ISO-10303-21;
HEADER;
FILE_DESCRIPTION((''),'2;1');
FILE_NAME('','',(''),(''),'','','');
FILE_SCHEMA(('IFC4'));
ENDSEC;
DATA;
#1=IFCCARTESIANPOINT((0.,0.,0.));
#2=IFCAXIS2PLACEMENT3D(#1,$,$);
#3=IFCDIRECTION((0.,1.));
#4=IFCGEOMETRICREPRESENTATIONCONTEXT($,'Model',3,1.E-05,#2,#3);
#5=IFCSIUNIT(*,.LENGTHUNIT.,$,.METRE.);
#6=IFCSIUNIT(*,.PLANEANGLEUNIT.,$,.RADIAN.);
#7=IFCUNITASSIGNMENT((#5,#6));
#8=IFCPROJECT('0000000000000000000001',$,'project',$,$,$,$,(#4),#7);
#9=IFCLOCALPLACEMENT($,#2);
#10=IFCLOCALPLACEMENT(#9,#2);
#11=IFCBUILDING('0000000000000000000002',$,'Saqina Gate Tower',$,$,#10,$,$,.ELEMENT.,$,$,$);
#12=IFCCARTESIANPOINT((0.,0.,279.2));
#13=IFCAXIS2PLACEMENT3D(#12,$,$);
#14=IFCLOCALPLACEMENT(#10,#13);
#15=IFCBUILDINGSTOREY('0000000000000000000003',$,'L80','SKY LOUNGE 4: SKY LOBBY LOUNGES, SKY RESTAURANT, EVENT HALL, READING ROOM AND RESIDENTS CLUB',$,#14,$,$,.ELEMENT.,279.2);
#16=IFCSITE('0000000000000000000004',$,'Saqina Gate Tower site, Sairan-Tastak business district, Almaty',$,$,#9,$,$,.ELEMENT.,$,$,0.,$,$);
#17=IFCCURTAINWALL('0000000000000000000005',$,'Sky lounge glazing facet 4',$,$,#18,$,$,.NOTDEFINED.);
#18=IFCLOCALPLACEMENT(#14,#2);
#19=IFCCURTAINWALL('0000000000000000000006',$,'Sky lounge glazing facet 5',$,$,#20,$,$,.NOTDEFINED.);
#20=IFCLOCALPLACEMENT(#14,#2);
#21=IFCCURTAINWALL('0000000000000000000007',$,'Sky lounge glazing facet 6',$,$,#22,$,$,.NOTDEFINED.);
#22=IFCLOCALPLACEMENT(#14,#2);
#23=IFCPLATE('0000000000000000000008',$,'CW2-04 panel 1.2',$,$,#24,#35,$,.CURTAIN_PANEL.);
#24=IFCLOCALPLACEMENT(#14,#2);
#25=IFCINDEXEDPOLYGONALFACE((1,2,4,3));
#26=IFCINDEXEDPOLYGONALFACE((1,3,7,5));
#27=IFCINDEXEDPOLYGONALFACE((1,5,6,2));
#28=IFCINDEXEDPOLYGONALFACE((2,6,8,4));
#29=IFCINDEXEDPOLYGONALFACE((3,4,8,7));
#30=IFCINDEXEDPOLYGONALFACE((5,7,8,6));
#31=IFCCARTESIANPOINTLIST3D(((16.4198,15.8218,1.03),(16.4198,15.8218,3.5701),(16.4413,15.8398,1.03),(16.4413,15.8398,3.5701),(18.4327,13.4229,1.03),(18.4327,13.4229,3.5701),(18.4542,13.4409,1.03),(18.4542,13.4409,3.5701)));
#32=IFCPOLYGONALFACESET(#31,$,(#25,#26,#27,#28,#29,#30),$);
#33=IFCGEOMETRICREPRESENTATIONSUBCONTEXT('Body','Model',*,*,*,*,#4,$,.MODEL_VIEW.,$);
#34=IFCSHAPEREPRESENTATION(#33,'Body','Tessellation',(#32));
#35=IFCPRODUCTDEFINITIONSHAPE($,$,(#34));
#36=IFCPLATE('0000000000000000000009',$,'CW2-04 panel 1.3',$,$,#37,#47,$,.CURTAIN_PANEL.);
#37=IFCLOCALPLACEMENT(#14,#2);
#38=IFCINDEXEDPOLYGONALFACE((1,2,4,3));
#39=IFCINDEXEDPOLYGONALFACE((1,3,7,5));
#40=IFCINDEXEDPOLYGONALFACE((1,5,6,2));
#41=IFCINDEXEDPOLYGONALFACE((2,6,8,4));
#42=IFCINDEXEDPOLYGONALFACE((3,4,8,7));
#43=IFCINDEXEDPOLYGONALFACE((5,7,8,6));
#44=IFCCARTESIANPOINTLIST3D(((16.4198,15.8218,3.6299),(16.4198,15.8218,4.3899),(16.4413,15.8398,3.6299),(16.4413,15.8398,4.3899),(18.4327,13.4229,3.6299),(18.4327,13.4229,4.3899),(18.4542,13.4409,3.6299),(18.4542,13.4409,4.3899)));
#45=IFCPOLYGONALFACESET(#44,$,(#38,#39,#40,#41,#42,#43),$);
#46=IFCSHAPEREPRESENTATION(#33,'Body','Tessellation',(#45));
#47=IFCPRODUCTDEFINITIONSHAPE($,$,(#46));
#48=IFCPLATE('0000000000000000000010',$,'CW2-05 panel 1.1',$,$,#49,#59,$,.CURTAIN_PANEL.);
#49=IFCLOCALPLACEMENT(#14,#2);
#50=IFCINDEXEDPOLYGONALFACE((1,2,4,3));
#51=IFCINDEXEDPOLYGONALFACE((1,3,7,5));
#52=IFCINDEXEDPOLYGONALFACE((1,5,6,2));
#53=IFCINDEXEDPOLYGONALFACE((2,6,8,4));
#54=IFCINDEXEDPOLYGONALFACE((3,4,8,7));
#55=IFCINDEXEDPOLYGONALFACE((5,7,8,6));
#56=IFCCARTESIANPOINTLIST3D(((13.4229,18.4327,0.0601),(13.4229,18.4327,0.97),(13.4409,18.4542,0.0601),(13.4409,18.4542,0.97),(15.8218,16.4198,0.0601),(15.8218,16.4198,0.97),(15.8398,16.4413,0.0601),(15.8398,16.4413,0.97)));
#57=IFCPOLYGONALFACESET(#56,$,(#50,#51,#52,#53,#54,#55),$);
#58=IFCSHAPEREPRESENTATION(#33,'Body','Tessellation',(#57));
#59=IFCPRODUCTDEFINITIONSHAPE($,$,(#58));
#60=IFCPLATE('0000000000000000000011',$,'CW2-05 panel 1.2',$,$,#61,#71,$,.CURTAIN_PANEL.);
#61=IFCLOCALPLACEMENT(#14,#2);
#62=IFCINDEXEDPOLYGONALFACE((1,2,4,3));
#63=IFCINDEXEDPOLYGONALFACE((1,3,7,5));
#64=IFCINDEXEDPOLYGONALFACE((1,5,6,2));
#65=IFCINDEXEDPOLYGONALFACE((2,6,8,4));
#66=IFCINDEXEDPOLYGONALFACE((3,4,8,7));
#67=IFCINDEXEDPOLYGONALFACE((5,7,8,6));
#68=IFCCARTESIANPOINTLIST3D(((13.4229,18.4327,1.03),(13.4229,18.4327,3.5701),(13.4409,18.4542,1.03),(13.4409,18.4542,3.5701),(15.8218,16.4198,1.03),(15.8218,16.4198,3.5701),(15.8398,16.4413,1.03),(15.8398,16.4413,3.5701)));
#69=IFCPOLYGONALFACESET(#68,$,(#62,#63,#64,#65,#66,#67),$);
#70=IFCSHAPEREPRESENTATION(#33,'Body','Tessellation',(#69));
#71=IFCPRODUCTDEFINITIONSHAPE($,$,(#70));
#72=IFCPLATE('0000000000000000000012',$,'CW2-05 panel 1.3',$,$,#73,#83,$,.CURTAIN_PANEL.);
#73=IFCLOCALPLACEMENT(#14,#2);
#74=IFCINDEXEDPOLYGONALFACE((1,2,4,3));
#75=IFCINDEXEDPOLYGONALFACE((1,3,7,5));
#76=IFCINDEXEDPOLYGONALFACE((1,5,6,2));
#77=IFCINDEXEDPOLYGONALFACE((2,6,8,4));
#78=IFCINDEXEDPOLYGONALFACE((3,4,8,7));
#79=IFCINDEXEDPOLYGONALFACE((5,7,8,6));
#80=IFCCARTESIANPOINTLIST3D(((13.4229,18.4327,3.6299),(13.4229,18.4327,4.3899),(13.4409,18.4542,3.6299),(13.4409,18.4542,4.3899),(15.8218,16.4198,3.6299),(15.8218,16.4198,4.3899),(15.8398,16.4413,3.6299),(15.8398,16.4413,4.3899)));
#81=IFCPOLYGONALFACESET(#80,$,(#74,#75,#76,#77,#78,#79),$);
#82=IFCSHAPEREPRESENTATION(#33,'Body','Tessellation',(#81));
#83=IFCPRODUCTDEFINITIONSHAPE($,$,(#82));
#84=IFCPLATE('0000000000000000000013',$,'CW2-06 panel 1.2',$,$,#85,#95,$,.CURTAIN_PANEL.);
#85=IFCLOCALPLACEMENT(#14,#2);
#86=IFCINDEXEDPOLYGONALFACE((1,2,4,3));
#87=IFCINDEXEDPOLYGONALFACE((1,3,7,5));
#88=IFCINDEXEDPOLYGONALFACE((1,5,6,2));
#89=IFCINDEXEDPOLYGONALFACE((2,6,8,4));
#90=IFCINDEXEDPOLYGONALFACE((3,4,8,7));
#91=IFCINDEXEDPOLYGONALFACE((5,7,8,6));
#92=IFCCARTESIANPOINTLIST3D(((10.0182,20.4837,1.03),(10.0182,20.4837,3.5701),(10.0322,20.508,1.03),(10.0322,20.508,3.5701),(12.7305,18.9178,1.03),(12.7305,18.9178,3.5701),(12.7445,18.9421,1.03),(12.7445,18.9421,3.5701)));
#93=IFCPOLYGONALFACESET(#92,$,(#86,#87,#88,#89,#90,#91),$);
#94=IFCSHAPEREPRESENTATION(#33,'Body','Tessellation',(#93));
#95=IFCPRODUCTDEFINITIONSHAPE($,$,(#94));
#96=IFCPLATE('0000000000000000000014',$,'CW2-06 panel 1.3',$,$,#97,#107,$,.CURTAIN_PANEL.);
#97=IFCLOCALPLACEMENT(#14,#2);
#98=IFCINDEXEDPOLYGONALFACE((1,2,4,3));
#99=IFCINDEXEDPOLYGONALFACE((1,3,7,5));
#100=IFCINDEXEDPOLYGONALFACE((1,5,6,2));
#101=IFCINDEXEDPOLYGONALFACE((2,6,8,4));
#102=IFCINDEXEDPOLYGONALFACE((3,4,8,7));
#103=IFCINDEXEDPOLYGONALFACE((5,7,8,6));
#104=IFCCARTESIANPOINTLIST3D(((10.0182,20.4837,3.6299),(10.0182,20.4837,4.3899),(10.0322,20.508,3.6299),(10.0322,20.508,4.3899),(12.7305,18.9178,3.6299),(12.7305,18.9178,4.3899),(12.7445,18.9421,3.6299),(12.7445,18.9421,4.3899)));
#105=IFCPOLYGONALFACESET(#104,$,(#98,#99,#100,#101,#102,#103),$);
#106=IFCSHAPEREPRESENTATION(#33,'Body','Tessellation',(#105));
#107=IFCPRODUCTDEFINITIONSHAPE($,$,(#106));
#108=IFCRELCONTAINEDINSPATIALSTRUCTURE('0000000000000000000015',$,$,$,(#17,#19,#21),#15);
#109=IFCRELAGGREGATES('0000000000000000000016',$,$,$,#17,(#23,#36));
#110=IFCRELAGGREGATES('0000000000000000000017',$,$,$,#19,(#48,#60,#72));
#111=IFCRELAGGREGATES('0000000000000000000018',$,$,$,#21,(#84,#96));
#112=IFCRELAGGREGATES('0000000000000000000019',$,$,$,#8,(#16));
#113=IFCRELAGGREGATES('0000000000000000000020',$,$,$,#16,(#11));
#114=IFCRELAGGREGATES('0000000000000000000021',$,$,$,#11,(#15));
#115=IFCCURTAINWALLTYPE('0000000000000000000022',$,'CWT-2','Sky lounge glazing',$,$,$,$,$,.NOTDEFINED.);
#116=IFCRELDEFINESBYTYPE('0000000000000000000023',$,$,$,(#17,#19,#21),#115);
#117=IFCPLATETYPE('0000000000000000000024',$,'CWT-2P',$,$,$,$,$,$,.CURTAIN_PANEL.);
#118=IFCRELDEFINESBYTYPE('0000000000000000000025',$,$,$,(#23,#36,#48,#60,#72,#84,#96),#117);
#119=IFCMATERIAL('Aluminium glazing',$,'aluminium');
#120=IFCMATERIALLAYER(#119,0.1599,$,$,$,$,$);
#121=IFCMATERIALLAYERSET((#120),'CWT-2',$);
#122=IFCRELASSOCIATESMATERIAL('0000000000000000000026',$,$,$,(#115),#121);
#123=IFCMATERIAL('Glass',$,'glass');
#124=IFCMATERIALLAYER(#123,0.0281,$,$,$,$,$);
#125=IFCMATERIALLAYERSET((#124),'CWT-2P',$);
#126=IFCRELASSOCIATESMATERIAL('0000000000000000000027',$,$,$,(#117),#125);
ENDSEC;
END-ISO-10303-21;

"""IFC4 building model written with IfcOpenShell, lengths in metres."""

from ifc_helpers import new_model, si_unit, direction, frame, origin, origin_2d, place, context, subcontext, project, spatial, rectangle, extrude, material, layer, layer_set, type_object, element, aggregate, save


model = new_model("IFC4")

# Units and contexts
model_context = context("Model", 3, precision=1e-05, world=origin(), true_north=direction((0.0, 1.0)))
body_context = subcontext(model_context, "Body", "Model", "MODEL_VIEW")
ifc_project = project(units=[si_unit("LENGTHUNIT", "METRE"), si_unit("PLANEANGLEUNIT", "RADIAN")], contexts=[model_context])

# Site, building, storey
site_placement = place(None, origin())
site = spatial("IfcSite", under=ifc_project, at=site_placement, Name="Saqina Gate Tower site, Sairan-Tastak business district, Almaty", CompositionType="ELEMENT", RefElevation=0.0)
building_placement = place(site_placement, origin())
building = spatial("IfcBuilding", under=site, at=building_placement, Name="Saqina Gate Tower", CompositionType="ELEMENT")
storey_placement = place(building_placement, frame((0.0, 0.0, 279.2)))
storey = spatial("IfcBuildingStorey", under=building, at=storey_placement, Name="L80", Description="SKY LOUNGE 4: SKY LOBBY LOUNGES, SKY RESTAURANT, EVENT HALL, READING ROOM AND RESIDENTS CLUB", CompositionType="ELEMENT", Elevation=279.2)

# Curtain wall
ifc_material_1 = material(Name="Aluminium glazing", Category="aluminium")
ifc_layer_1 = layer(ifc_material_1, 0.1599)
ifc_layer_set_1 = layer_set([ifc_layer_1], Name="CWT-2")
curtain_wall_type = type_object("IfcCurtainWallType", Name="CWT-2", Description="Sky lounge glazing", PredefinedType="NOTDEFINED", material=ifc_layer_set_1)
curtain_wall_1_placement = place(storey_placement, origin())
curtain_wall_1 = element("IfcCurtainWall", 1, at=curtain_wall_1_placement, inside=storey, type_object=curtain_wall_type, Name="Sky lounge glazing facet 4", PredefinedType="NOTDEFINED")

# Curtain wall
curtain_wall_2_placement = place(storey_placement, origin())
curtain_wall_2 = element("IfcCurtainWall", 2, at=curtain_wall_2_placement, inside=storey, type_object=curtain_wall_type, Name="Sky lounge glazing facet 5", PredefinedType="NOTDEFINED")

# Curtain wall
curtain_wall_3_placement = place(storey_placement, origin())
curtain_wall_3 = element("IfcCurtainWall", 3, at=curtain_wall_3_placement, inside=storey, type_object=curtain_wall_type, Name="Sky lounge glazing facet 6", PredefinedType="NOTDEFINED")

# Plates
ifc_material_2 = material(Name="Glass", Category="glass")
ifc_layer_2 = layer(ifc_material_2, 0.0281)
ifc_layer_set_2 = layer_set([ifc_layer_2], Name="CWT-2P")
plate_type = type_object("IfcPlateType", Name="CWT-2P", PredefinedType="CURTAIN_PANEL", material=ifc_layer_set_2)
plate_1_placement = place(storey_placement, frame((17.437, 14.6313, 1.03), z_axis=(0.0, 0.0, 1.0), x_axis=(-0.642785, 0.766046, 0.0)))
plate_1 = element("IfcPlate", 4, at=plate_1_placement, type_object=plate_type, Name="CW2-04 panel 1.2", PredefinedType="CURTAIN_PANEL", context=body_context, shape_type="SweptSolid", body=[
    extrude(rectangle(XDim=3.1316, YDim=0.0281, at=origin_2d()), origin(), (0.0, 0.0, 1.0), 2.54),
])
plate_2_placement = place(storey_placement, frame((17.437, 14.6313, 3.6299), z_axis=(0.0, 0.0, 1.0), x_axis=(-0.642785, 0.766046, 0.0)))
plate_2 = element("IfcPlate", 5, at=plate_2_placement, type_object=plate_type, Name="CW2-04 panel 1.3", PredefinedType="CURTAIN_PANEL", context=body_context, shape_type="SweptSolid", body=[
    extrude(rectangle(XDim=3.1316, YDim=0.0281, at=origin_2d()), origin(), (0.0, 0.0, 1.0), 0.76),
])
aggregate(curtain_wall_1, [plate_1, plate_2])
plate_3_placement = place(storey_placement, frame((14.6313, 17.437, 0.0601), z_axis=(0.0, 0.0, 1.0), x_axis=(-0.766046, 0.642785, 0.0)))
plate_3 = element("IfcPlate", 6, at=plate_3_placement, type_object=plate_type, Name="CW2-05 panel 1.1", PredefinedType="CURTAIN_PANEL", context=body_context, shape_type="SweptSolid", body=[
    extrude(rectangle(XDim=3.1316, YDim=0.0281, at=origin_2d()), origin(), (0.0, 0.0, 1.0), 0.9099),
])
plate_4_placement = place(storey_placement, frame((14.6313, 17.437, 1.03), z_axis=(0.0, 0.0, 1.0), x_axis=(-0.766046, 0.642785, 0.0)))
plate_4 = element("IfcPlate", 7, at=plate_4_placement, type_object=plate_type, Name="CW2-05 panel 1.2", PredefinedType="CURTAIN_PANEL", context=body_context, shape_type="SweptSolid", body=[
    extrude(rectangle(XDim=3.1316, YDim=0.0281, at=origin_2d()), origin(), (0.0, 0.0, 1.0), 2.54),
])
plate_5_placement = place(storey_placement, frame((14.6313, 17.437, 3.6299), z_axis=(0.0, 0.0, 1.0), x_axis=(-0.766046, 0.642785, 0.0)))
plate_5 = element("IfcPlate", 8, at=plate_5_placement, type_object=plate_type, Name="CW2-05 panel 1.3", PredefinedType="CURTAIN_PANEL", context=body_context, shape_type="SweptSolid", body=[
    extrude(rectangle(XDim=3.1316, YDim=0.0281, at=origin_2d()), origin(), (0.0, 0.0, 1.0), 0.76),
])
aggregate(curtain_wall_2, [plate_3, plate_4, plate_5])
plate_6_placement = place(storey_placement, frame((11.3813, 19.7129, 1.03), z_axis=(0.0, 0.0, 1.0), x_axis=(-0.866036, 0.499982, 0.0)))
plate_6 = element("IfcPlate", 9, at=plate_6_placement, type_object=plate_type, Name="CW2-06 panel 1.2", PredefinedType="CURTAIN_PANEL", context=body_context, shape_type="SweptSolid", body=[
    extrude(rectangle(XDim=3.1318, YDim=0.0281, at=origin_2d()), origin(), (0.0, 0.0, 1.0), 2.54),
])
plate_7_placement = place(storey_placement, frame((11.3813, 19.7129, 3.6299), z_axis=(0.0, 0.0, 1.0), x_axis=(-0.866036, 0.499982, 0.0)))
plate_7 = element("IfcPlate", 10, at=plate_7_placement, type_object=plate_type, Name="CW2-06 panel 1.3", PredefinedType="CURTAIN_PANEL", context=body_context, shape_type="SweptSolid", body=[
    extrude(rectangle(XDim=3.1318, YDim=0.0281, at=origin_2d()), origin(), (0.0, 0.0, 1.0), 0.76),
])
aggregate(curtain_wall_3, [plate_6, plate_7])

save(model, "model.ifc")
